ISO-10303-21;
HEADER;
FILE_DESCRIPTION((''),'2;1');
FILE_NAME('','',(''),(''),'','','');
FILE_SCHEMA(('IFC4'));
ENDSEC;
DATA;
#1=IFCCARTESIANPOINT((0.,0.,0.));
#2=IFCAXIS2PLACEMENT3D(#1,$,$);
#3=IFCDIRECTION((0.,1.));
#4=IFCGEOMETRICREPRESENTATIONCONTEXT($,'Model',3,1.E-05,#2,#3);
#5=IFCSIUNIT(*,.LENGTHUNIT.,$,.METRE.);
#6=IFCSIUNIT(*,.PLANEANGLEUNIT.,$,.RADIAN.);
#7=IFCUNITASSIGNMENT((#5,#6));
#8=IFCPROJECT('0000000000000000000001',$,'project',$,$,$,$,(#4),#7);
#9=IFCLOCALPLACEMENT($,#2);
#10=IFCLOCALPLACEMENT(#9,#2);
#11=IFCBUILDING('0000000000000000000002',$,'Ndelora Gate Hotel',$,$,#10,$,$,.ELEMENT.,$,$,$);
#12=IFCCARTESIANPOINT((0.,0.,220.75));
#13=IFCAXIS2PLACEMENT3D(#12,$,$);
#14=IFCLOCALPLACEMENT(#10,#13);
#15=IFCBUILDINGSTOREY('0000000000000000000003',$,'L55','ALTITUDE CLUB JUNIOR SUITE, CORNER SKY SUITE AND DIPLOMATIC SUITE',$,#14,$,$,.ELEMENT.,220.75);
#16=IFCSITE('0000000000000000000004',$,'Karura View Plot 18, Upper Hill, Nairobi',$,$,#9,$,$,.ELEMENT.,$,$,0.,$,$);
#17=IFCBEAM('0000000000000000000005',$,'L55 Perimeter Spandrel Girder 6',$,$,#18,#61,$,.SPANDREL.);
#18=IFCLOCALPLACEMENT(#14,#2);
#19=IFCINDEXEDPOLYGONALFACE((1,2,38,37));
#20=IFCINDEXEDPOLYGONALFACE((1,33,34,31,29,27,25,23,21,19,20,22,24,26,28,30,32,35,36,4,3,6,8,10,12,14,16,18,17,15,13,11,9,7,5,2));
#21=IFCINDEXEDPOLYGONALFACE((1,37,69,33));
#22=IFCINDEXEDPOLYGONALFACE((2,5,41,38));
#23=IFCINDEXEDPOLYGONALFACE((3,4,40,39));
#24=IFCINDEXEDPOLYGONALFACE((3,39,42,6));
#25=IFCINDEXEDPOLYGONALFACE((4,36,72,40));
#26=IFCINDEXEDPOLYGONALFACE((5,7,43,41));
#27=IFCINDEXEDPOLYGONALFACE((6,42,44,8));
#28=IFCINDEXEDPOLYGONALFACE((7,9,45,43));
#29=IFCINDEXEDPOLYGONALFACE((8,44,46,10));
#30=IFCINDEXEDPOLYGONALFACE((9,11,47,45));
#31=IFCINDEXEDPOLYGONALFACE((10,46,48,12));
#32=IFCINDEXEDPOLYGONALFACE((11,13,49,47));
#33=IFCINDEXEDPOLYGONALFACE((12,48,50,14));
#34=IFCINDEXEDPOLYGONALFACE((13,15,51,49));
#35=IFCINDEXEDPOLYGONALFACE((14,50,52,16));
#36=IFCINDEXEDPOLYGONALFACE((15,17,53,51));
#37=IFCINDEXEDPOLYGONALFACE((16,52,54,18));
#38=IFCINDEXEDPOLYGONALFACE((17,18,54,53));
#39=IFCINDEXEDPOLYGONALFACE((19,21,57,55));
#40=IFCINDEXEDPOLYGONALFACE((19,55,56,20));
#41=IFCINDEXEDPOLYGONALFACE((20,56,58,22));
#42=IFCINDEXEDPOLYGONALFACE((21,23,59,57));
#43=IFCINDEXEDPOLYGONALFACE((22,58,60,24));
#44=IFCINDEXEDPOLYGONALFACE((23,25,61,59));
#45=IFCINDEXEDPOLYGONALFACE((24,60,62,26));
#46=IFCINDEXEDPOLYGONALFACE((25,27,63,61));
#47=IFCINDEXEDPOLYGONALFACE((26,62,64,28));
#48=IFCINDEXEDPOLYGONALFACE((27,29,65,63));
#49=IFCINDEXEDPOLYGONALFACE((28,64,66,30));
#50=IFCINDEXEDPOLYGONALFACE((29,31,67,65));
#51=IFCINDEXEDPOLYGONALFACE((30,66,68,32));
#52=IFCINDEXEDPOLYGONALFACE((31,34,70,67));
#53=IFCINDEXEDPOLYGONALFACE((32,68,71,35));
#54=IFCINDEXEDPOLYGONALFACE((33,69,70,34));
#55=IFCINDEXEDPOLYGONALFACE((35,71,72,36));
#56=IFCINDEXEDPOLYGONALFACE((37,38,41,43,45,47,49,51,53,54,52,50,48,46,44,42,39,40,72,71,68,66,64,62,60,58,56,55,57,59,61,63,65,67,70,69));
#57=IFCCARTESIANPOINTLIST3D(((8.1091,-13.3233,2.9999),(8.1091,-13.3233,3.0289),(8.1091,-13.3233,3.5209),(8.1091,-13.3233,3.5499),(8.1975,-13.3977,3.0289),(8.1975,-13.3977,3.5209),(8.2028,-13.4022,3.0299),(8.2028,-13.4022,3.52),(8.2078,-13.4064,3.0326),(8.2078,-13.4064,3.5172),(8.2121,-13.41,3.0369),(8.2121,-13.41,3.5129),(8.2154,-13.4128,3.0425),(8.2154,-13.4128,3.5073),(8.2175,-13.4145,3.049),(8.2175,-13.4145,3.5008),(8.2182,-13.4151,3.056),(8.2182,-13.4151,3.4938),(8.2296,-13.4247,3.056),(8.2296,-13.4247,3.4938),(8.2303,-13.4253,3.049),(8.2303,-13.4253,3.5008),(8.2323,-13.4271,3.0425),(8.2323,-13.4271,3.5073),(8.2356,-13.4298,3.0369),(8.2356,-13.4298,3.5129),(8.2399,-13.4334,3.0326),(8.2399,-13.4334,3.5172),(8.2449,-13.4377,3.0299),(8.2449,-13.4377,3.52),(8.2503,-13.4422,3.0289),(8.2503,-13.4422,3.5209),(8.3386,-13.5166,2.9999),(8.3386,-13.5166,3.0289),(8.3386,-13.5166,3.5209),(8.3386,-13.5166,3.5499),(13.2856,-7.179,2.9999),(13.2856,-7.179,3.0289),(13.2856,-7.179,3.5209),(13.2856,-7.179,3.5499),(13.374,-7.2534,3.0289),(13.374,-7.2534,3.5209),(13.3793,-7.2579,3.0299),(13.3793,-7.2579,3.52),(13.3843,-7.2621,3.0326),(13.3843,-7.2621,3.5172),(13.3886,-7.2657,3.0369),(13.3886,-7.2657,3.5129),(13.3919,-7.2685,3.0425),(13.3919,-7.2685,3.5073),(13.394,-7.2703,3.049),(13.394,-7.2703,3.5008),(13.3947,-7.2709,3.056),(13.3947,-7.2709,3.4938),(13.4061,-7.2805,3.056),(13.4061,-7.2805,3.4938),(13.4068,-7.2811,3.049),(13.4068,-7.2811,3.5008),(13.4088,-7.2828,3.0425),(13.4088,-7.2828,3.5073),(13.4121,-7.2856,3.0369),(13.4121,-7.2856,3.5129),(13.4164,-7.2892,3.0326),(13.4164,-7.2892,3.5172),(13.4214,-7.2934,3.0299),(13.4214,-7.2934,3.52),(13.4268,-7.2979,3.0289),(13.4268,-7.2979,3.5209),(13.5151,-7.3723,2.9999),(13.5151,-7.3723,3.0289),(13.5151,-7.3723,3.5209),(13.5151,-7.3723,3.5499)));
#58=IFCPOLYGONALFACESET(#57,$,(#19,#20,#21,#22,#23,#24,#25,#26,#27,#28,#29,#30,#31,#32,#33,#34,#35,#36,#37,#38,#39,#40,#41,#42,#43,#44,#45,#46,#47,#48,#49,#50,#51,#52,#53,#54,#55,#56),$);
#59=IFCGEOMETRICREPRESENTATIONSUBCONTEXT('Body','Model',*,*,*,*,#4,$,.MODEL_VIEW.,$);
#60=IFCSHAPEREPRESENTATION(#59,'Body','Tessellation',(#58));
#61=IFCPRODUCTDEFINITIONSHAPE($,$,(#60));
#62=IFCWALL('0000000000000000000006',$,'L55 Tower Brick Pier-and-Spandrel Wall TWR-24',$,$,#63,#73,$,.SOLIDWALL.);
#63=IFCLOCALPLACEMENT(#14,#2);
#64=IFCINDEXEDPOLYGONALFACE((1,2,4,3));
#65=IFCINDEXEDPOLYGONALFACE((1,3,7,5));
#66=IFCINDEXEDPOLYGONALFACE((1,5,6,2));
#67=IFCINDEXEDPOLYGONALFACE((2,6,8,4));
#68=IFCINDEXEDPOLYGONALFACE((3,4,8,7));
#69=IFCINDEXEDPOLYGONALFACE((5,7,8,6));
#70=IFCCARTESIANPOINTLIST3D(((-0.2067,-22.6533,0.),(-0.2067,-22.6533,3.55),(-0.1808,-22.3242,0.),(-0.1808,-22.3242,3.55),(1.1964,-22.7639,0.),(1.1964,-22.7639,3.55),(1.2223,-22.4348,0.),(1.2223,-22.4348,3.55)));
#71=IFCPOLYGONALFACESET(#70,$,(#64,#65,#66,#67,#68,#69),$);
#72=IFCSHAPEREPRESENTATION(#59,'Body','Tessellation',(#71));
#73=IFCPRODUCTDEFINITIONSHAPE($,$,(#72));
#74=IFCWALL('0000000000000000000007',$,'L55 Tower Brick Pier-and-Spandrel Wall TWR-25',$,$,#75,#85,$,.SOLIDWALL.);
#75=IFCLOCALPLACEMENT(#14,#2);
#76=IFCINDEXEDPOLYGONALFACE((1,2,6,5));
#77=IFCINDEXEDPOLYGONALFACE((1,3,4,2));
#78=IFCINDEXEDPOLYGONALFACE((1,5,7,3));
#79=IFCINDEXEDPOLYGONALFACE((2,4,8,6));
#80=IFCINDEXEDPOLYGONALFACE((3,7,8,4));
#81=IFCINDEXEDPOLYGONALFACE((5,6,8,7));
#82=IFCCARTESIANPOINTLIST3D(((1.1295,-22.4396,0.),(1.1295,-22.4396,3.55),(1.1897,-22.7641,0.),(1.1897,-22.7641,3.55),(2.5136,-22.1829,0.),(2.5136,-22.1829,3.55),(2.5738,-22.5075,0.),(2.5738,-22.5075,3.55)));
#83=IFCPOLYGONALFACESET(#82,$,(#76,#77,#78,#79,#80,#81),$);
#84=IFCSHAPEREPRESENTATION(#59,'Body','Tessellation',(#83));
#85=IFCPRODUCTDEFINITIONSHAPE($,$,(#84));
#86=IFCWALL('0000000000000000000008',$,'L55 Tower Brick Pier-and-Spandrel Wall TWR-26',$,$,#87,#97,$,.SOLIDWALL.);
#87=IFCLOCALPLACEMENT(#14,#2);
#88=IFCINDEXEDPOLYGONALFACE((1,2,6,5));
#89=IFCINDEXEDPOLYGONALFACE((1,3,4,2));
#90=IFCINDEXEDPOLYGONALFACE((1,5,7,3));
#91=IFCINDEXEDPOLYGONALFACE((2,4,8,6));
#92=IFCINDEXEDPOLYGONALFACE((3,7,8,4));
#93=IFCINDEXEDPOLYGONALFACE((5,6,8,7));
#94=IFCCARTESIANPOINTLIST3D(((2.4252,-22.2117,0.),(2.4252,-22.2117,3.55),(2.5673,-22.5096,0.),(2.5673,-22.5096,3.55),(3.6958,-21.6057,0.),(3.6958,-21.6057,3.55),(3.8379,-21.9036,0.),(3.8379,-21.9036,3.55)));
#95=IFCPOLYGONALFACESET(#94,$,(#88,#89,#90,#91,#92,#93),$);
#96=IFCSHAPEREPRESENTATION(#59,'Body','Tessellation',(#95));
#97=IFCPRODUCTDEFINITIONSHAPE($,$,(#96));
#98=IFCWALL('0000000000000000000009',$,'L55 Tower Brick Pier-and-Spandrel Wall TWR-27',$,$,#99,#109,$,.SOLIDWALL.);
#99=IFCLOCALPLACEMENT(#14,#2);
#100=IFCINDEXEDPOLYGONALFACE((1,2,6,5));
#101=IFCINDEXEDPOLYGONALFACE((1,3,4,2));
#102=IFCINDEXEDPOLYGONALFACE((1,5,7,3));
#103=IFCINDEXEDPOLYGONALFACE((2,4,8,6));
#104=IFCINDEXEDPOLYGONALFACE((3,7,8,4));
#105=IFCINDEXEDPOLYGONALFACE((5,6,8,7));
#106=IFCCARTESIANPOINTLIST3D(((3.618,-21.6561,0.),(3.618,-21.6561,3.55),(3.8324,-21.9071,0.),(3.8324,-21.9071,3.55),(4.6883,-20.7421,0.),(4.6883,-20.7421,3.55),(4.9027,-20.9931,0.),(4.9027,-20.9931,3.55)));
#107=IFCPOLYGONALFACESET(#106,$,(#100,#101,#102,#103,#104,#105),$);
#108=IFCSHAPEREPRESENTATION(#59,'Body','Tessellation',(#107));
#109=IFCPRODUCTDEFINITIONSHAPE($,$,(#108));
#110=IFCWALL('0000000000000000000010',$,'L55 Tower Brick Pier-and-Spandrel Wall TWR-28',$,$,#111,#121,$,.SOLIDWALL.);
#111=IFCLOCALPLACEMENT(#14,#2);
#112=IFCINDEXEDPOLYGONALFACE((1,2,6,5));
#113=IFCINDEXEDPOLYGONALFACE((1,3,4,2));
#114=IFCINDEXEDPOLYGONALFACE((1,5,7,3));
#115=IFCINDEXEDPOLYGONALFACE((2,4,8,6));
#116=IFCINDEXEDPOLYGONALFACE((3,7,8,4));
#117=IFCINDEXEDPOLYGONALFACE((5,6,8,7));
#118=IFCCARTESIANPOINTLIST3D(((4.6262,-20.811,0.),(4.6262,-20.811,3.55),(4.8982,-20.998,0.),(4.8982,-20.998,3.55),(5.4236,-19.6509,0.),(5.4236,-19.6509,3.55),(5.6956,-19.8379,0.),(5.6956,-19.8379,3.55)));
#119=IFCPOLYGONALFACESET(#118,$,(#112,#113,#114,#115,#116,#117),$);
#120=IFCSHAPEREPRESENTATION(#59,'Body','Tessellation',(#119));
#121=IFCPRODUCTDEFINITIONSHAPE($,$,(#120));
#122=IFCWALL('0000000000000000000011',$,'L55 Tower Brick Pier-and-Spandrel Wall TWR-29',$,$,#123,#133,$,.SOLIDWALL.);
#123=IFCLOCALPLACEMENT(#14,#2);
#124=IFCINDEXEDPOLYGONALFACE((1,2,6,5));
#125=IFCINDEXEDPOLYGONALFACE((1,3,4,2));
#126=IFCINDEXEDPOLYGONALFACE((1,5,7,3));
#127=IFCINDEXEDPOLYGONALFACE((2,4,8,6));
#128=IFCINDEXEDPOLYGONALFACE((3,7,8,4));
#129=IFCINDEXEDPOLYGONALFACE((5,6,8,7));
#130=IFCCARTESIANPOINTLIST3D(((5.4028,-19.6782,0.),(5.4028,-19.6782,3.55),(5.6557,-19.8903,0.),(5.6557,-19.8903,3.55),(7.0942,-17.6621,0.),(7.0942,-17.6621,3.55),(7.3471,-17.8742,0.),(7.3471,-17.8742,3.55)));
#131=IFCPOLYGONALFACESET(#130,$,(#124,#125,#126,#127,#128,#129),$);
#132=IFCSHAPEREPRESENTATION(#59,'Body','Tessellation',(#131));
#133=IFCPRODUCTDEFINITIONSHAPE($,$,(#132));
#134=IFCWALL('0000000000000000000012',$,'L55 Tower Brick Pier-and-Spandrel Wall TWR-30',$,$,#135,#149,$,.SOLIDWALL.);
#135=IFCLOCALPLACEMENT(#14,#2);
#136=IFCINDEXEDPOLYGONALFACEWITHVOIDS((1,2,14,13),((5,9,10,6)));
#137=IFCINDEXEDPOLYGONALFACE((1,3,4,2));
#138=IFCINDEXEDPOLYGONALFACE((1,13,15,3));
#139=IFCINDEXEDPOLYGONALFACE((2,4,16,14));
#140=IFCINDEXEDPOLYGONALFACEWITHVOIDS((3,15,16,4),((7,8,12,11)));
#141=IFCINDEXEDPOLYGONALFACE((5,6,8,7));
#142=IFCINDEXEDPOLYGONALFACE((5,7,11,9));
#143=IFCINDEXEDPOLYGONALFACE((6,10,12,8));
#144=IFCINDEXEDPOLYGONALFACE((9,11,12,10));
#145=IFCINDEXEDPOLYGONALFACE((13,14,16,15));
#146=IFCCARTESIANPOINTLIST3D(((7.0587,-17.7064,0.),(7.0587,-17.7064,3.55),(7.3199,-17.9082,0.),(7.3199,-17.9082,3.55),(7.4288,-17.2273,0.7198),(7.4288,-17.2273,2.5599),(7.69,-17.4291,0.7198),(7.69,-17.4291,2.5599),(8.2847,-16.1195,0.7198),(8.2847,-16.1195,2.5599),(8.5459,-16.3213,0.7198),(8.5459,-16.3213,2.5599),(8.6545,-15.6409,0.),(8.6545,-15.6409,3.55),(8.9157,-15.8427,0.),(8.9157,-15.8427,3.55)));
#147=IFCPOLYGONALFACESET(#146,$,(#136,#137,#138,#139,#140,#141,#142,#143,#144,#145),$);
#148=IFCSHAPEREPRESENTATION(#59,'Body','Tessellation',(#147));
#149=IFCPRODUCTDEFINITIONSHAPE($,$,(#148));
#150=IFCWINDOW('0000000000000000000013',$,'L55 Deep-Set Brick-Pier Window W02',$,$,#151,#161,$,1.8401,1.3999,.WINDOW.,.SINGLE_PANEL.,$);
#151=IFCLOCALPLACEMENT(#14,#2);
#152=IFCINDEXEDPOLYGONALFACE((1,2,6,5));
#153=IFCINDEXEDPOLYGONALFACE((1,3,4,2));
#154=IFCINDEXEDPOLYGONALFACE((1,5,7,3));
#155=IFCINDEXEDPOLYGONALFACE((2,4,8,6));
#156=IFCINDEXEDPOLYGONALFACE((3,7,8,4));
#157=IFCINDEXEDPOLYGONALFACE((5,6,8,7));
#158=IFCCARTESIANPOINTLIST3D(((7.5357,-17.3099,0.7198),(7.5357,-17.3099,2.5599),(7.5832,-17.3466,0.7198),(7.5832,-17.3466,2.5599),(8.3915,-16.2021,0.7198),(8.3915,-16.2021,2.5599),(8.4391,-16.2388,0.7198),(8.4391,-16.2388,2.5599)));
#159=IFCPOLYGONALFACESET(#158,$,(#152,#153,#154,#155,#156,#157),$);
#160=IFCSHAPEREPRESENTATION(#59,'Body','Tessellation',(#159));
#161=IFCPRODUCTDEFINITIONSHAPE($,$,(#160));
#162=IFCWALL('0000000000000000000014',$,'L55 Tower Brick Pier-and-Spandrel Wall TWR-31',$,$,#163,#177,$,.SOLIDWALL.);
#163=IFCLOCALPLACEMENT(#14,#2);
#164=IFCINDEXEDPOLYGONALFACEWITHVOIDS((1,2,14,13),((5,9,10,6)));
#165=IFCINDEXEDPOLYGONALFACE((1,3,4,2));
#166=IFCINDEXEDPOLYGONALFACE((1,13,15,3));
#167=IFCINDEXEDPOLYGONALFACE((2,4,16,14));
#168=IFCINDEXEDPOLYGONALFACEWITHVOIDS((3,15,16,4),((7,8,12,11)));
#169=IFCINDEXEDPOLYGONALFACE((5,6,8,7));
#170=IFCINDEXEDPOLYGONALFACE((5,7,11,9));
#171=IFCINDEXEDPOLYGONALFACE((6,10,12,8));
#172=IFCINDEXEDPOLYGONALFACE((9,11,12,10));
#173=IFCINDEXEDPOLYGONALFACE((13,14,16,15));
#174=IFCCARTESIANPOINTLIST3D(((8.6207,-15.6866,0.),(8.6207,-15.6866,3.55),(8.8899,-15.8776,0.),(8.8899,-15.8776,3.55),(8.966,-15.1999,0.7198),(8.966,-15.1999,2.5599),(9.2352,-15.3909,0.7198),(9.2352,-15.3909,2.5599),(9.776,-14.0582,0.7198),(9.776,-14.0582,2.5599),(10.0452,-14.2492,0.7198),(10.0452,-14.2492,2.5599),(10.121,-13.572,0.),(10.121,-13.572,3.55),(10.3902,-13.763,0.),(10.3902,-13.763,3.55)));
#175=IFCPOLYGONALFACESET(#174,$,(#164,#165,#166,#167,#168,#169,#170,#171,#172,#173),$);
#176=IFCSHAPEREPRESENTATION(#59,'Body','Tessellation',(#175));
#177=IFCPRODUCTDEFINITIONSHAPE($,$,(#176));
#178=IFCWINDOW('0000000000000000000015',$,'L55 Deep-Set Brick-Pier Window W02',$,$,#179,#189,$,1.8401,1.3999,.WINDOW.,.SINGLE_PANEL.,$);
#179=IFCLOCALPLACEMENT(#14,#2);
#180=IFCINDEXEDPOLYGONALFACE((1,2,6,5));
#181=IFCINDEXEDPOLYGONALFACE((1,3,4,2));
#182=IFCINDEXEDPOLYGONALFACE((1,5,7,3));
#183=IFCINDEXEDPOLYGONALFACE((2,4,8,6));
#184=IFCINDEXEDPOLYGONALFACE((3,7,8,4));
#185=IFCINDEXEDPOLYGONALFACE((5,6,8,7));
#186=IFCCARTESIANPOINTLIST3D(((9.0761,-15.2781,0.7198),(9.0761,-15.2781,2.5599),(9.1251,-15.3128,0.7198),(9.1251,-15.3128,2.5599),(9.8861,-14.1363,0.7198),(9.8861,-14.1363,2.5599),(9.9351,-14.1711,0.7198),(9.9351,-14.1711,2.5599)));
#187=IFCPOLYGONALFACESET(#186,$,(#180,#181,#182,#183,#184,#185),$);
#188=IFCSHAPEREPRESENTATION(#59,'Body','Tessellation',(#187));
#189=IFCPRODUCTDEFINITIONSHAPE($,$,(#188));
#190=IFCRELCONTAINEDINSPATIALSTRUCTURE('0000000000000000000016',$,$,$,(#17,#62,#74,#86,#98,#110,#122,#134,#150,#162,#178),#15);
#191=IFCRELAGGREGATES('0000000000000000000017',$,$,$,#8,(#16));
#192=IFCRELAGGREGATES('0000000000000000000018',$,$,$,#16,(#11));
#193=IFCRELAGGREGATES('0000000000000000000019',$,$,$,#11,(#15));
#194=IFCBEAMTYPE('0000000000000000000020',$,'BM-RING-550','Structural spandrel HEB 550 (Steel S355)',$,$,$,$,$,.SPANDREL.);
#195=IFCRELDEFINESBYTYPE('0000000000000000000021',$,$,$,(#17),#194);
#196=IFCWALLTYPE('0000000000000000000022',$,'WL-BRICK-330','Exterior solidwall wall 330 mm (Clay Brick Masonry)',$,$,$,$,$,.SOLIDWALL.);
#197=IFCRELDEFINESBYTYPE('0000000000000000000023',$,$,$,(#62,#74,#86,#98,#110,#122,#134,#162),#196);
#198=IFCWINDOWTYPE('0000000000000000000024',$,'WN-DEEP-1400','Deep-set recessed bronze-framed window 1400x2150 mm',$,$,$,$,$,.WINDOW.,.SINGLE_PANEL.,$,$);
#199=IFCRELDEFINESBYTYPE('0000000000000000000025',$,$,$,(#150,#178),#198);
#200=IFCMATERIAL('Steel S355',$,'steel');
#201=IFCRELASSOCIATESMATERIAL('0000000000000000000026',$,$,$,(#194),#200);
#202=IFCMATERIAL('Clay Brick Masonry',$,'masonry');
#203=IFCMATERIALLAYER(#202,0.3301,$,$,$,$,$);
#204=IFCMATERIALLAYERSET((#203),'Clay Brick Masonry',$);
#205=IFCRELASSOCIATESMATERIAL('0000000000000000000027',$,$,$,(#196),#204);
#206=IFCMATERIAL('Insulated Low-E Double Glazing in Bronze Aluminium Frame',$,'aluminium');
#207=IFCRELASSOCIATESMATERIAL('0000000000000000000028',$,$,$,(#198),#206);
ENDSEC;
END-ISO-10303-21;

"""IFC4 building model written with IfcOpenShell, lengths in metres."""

from ifc_helpers import new_model, si_unit, direction, frame, frame_2d, origin, origin_2d, place, context, subcontext, project, spatial, rectangle, i_section, extrude, material, layer, layer_set, material_profile, profile_set, type_object, element, fill, save


model = new_model("IFC4")

# Units and contexts
model_context = context("Model", 3, precision=1e-05, world=origin(), true_north=direction((0.0, 1.0)))
body_context = subcontext(model_context, "Body", "Model", "MODEL_VIEW")
ifc_project = project(units=[si_unit("LENGTHUNIT", "METRE"), si_unit("PLANEANGLEUNIT", "RADIAN")], contexts=[model_context])

# Site, building, storey
site_placement = place(None, origin())
site = spatial("IfcSite", under=ifc_project, at=site_placement, Name="Karura View Plot 18, Upper Hill, Nairobi", CompositionType="ELEMENT", RefElevation=0.0)
building_placement = place(site_placement, origin())
building = spatial("IfcBuilding", under=site, at=building_placement, Name="Ndelora Gate Hotel", CompositionType="ELEMENT")
storey_placement = place(building_placement, frame((0.0, 0.0, 220.75)))
storey = spatial("IfcBuildingStorey", under=building, at=storey_placement, Name="L55", Description="ALTITUDE CLUB JUNIOR SUITE, CORNER SKY SUITE AND DIPLOMATIC SUITE", CompositionType="ELEMENT", Elevation=220.75)

# Beam
ifc_material_1 = material(Name="Steel S355", Category="steel")
ifc_material_profile_1 = material_profile(ifc_material_1, i_section(OverallWidth=0.3, OverallDepth=0.55, WebThickness=0.0149, FlangeThickness=0.0291, FilletRadius=0.0271, at=origin_2d()), Name="HEB 550")
ifc_profile_set_1 = profile_set([ifc_material_profile_1], Name="Steel S355")
beam_type_1 = type_object("IfcBeamType", Name="BM-RING-550", Description="Structural spandrel HEB 550 (Steel S355)", PredefinedType="SPANDREL", material=ifc_profile_set_1)
beam_1_placement = place(storey_placement, frame((8.2239, -13.4199, 3.2749), z_axis=(0.644309, 0.764765, 0.0), x_axis=(-0.764765, 0.644309, 0.0)))
element("IfcBeam", 1, at=beam_1_placement, inside=storey, type_object=beam_type_1, Name="L55 Perimeter Spandrel Girder 6", PredefinedType="SPANDREL", context=body_context, shape_type="SweptSolid", body=[
    extrude(i_section(OverallWidth=0.3, OverallDepth=0.55, WebThickness=0.0149, FlangeThickness=0.0291, FilletRadius=0.0271, at=origin_2d()), origin(), (0.0, 0.0, 1.0), 8.0342),
])

# Walls
ifc_material_2 = material(Name="Clay Brick Masonry", Category="masonry")
ifc_layer_1 = layer(ifc_material_2, 0.3301)
ifc_layer_set_1 = layer_set([ifc_layer_1], Name="Clay Brick Masonry")
wall_type = type_object("IfcWallType", Name="WL-BRICK-330", Description="Exterior solidwall wall 330 mm (Clay Brick Masonry)", PredefinedType="SOLIDWALL", material=ifc_layer_set_1)
wall_1_placement = place(storey_placement, frame((1.2092, -22.5994, 0.0), z_axis=(0.0, 0.0, 1.0), x_axis=(-0.996908, 0.07858, 0.0)))
element("IfcWall", 2, at=wall_1_placement, inside=storey, type_object=wall_type, Name="L55 Tower Brick Pier-and-Spandrel Wall TWR-24", PredefinedType="SOLIDWALL", context=body_context, shape_type="SweptSolid", body=[
    extrude(rectangle(XDim=1.4075, YDim=0.3301, at=frame_2d((0.7036, 0.0))), origin(), (0.0, 0.0, 1.0), 3.55),
])
for number, where, z_axis, x_axis, name in (
    (3, (2.5437, -22.3452, 0.0), (0.0, 0.0, 1.0), (-0.983245, -0.182288, 0.0), "L55 Tower Brick Pier-and-Spandrel Wall TWR-25"),
    (4, (3.7668, -21.7546, 0.0), (0.0, 0.0, 1.0), (-0.902597, -0.430486, 0.0), "L55 Tower Brick Pier-and-Spandrel Wall TWR-26"),
):
    element("IfcWall", number, at=place(storey_placement, frame(where, z_axis=z_axis, x_axis=x_axis)), inside=storey, type_object=wall_type, Name=name, PredefinedType="SOLIDWALL", context=body_context, shape_type="SweptSolid", body=[
        extrude(rectangle(XDim=1.4077, YDim=0.3301, at=frame_2d((0.7039, 0.0))), origin(), (0.0, 0.0, 1.0), 3.55),
    ])
wall_2_placement = place(storey_placement, frame((4.7954, -20.8677, 0.0), z_axis=(0.0, 0.0, 1.0), x_axis=(-0.760431, -0.649419, 0.0)))
element("IfcWall", 5, at=wall_2_placement, inside=storey, type_object=wall_type, Name="L55 Tower Brick Pier-and-Spandrel Wall TWR-27", PredefinedType="SOLIDWALL", context=body_context, shape_type="SweptSolid", body=[
    extrude(rectangle(XDim=1.4075, YDim=0.3301, at=frame_2d((0.7036, 0.0))), origin(), (0.0, 0.0, 1.0), 3.55),
])
wall_3_placement = place(storey_placement, frame((5.5596, -19.7444, 0.0), z_axis=(0.0, 0.0, 1.0), x_axis=(-0.566411, -0.824123, 0.0)))
element("IfcWall", 6, at=wall_3_placement, inside=storey, type_object=wall_type, Name="L55 Tower Brick Pier-and-Spandrel Wall TWR-28", PredefinedType="SOLIDWALL", context=body_context, shape_type="SweptSolid", body=[
    extrude(rectangle(XDim=1.4077, YDim=0.3301, at=frame_2d((0.7039, 0.0))), origin(), (0.0, 0.0, 1.0), 3.55),
])
wall_4_placement = place(storey_placement, frame((7.2207, -17.7681, 0.0), z_axis=(0.0, 0.0, 1.0), x_axis=(-0.642718, -0.766103, 0.0)))
element("IfcWall", 7, at=wall_4_placement, inside=storey, type_object=wall_type, Name="L55 Tower Brick Pier-and-Spandrel Wall TWR-29", PredefinedType="SOLIDWALL", context=body_context, shape_type="SweptSolid", body=[
    extrude(rectangle(XDim=2.6316, YDim=0.3301, at=frame_2d((1.3159, 0.0))), origin(), (0.0, 0.0, 1.0), 3.55),
])

# Walls, openings, windows
wall_5_placement = place(storey_placement, frame((8.7852, -15.7417, 0.0), z_axis=(0.0, 0.0, 1.0), x_axis=(-0.611373, -0.791343, 0.0)))
wall_5 = element("IfcWall", 8, at=wall_5_placement, inside=storey, type_object=wall_type, Name="L55 Tower Brick Pier-and-Spandrel Wall TWR-30", PredefinedType="SOLIDWALL", context=body_context, shape_type="SweptSolid", body=[
    extrude(rectangle(XDim=2.6101, YDim=0.3301, at=frame_2d((1.3052, 0.0))), origin(), (0.0, 0.0, 1.0), 3.55),
])
opening_1_placement = place(wall_5_placement, frame((0.605, 0.0, 0.72)))
opening_1 = element("IfcOpeningElement", 9, at=opening_1_placement, cuts=wall_5, PredefinedType="OPENING", context=body_context, shape_type="SweptSolid", body=[
    extrude(rectangle(XDim=1.3999, YDim=1.8401, at=frame_2d((0.7, 0.9199))), frame((0.0, 0.175, 0.0), z_axis=(0.0, -1.0, 0.0), x_axis=(1.0, 0.0, 0.0)), (0.0, 0.0, 1.0), 0.3501),
])
ifc_material_3 = material(Name="Insulated Low-E Double Glazing in Bronze Aluminium Frame", Category="aluminium")
window_type = type_object("IfcWindowType", Name="WN-DEEP-1400", Description="Deep-set recessed bronze-framed window 1400x2150 mm", PartitioningType="SINGLE_PANEL", PredefinedType="WINDOW", material=ifc_material_3)
window_1_placement = place(opening_1_placement, origin())
window_1 = element("IfcWindow", 10, at=window_1_placement, inside=storey, type_object=window_type, Name="L55 Deep-Set Brick-Pier Window W02", OverallHeight=1.8401, OverallWidth=1.3999, PartitioningType="SINGLE_PANEL", PredefinedType="WINDOW", context=body_context, shape_type="SweptSolid", body=[
    extrude(rectangle(XDim=1.3999, YDim=1.8401, at=frame_2d((0.7, 0.9199))), frame((0.0, 0.03, 0.0), z_axis=(0.0, -1.0, 0.0), x_axis=(1.0, 0.0, 0.0)), (0.0, 0.0, 1.0), 0.0601),
])
fill(opening_1, window_1)
wall_6_placement = place(storey_placement, frame((10.2556, -13.6675, 0.0), z_axis=(0.0, 0.0, 1.0), x_axis=(-0.578652, -0.815575, 0.0)))
wall_6 = element("IfcWall", 11, at=wall_6_placement, inside=storey, type_object=wall_type, Name="L55 Tower Brick Pier-and-Spandrel Wall TWR-31", PredefinedType="SOLIDWALL", context=body_context, shape_type="SweptSolid", body=[
    extrude(rectangle(XDim=2.5928, YDim=0.3301, at=frame_2d((1.2964, 0.0))), origin(), (0.0, 0.0, 1.0), 3.55),
])
opening_2_placement = place(wall_6_placement, frame((0.5962, 0.0, 0.72)))
opening_2 = element("IfcOpeningElement", 12, at=opening_2_placement, cuts=wall_6, PredefinedType="OPENING", context=body_context, shape_type="SweptSolid", body=[
    extrude(rectangle(XDim=1.3999, YDim=1.8401, at=frame_2d((0.7, 0.9199))), frame((0.0, 0.175, 0.0), z_axis=(0.0, -1.0, 0.0), x_axis=(1.0, 0.0, 0.0)), (0.0, 0.0, 1.0), 0.3501),
])
window_2_placement = place(opening_2_placement, origin())
window_2 = element("IfcWindow", 13, at=window_2_placement, inside=storey, type_object=window_type, Name="L55 Deep-Set Brick-Pier Window W02", OverallHeight=1.8401, OverallWidth=1.3999, PartitioningType="SINGLE_PANEL", PredefinedType="WINDOW", context=body_context, shape_type="SweptSolid", body=[
    extrude(rectangle(XDim=1.3999, YDim=1.8401, at=frame_2d((0.7, 0.9199))), frame((0.0, 0.03, 0.0), z_axis=(0.0, -1.0, 0.0), x_axis=(1.0, 0.0, 0.0)), (0.0, 0.0, 1.0), 0.0601),
])
fill(opening_2, window_2)

save(model, "model.ifc")
